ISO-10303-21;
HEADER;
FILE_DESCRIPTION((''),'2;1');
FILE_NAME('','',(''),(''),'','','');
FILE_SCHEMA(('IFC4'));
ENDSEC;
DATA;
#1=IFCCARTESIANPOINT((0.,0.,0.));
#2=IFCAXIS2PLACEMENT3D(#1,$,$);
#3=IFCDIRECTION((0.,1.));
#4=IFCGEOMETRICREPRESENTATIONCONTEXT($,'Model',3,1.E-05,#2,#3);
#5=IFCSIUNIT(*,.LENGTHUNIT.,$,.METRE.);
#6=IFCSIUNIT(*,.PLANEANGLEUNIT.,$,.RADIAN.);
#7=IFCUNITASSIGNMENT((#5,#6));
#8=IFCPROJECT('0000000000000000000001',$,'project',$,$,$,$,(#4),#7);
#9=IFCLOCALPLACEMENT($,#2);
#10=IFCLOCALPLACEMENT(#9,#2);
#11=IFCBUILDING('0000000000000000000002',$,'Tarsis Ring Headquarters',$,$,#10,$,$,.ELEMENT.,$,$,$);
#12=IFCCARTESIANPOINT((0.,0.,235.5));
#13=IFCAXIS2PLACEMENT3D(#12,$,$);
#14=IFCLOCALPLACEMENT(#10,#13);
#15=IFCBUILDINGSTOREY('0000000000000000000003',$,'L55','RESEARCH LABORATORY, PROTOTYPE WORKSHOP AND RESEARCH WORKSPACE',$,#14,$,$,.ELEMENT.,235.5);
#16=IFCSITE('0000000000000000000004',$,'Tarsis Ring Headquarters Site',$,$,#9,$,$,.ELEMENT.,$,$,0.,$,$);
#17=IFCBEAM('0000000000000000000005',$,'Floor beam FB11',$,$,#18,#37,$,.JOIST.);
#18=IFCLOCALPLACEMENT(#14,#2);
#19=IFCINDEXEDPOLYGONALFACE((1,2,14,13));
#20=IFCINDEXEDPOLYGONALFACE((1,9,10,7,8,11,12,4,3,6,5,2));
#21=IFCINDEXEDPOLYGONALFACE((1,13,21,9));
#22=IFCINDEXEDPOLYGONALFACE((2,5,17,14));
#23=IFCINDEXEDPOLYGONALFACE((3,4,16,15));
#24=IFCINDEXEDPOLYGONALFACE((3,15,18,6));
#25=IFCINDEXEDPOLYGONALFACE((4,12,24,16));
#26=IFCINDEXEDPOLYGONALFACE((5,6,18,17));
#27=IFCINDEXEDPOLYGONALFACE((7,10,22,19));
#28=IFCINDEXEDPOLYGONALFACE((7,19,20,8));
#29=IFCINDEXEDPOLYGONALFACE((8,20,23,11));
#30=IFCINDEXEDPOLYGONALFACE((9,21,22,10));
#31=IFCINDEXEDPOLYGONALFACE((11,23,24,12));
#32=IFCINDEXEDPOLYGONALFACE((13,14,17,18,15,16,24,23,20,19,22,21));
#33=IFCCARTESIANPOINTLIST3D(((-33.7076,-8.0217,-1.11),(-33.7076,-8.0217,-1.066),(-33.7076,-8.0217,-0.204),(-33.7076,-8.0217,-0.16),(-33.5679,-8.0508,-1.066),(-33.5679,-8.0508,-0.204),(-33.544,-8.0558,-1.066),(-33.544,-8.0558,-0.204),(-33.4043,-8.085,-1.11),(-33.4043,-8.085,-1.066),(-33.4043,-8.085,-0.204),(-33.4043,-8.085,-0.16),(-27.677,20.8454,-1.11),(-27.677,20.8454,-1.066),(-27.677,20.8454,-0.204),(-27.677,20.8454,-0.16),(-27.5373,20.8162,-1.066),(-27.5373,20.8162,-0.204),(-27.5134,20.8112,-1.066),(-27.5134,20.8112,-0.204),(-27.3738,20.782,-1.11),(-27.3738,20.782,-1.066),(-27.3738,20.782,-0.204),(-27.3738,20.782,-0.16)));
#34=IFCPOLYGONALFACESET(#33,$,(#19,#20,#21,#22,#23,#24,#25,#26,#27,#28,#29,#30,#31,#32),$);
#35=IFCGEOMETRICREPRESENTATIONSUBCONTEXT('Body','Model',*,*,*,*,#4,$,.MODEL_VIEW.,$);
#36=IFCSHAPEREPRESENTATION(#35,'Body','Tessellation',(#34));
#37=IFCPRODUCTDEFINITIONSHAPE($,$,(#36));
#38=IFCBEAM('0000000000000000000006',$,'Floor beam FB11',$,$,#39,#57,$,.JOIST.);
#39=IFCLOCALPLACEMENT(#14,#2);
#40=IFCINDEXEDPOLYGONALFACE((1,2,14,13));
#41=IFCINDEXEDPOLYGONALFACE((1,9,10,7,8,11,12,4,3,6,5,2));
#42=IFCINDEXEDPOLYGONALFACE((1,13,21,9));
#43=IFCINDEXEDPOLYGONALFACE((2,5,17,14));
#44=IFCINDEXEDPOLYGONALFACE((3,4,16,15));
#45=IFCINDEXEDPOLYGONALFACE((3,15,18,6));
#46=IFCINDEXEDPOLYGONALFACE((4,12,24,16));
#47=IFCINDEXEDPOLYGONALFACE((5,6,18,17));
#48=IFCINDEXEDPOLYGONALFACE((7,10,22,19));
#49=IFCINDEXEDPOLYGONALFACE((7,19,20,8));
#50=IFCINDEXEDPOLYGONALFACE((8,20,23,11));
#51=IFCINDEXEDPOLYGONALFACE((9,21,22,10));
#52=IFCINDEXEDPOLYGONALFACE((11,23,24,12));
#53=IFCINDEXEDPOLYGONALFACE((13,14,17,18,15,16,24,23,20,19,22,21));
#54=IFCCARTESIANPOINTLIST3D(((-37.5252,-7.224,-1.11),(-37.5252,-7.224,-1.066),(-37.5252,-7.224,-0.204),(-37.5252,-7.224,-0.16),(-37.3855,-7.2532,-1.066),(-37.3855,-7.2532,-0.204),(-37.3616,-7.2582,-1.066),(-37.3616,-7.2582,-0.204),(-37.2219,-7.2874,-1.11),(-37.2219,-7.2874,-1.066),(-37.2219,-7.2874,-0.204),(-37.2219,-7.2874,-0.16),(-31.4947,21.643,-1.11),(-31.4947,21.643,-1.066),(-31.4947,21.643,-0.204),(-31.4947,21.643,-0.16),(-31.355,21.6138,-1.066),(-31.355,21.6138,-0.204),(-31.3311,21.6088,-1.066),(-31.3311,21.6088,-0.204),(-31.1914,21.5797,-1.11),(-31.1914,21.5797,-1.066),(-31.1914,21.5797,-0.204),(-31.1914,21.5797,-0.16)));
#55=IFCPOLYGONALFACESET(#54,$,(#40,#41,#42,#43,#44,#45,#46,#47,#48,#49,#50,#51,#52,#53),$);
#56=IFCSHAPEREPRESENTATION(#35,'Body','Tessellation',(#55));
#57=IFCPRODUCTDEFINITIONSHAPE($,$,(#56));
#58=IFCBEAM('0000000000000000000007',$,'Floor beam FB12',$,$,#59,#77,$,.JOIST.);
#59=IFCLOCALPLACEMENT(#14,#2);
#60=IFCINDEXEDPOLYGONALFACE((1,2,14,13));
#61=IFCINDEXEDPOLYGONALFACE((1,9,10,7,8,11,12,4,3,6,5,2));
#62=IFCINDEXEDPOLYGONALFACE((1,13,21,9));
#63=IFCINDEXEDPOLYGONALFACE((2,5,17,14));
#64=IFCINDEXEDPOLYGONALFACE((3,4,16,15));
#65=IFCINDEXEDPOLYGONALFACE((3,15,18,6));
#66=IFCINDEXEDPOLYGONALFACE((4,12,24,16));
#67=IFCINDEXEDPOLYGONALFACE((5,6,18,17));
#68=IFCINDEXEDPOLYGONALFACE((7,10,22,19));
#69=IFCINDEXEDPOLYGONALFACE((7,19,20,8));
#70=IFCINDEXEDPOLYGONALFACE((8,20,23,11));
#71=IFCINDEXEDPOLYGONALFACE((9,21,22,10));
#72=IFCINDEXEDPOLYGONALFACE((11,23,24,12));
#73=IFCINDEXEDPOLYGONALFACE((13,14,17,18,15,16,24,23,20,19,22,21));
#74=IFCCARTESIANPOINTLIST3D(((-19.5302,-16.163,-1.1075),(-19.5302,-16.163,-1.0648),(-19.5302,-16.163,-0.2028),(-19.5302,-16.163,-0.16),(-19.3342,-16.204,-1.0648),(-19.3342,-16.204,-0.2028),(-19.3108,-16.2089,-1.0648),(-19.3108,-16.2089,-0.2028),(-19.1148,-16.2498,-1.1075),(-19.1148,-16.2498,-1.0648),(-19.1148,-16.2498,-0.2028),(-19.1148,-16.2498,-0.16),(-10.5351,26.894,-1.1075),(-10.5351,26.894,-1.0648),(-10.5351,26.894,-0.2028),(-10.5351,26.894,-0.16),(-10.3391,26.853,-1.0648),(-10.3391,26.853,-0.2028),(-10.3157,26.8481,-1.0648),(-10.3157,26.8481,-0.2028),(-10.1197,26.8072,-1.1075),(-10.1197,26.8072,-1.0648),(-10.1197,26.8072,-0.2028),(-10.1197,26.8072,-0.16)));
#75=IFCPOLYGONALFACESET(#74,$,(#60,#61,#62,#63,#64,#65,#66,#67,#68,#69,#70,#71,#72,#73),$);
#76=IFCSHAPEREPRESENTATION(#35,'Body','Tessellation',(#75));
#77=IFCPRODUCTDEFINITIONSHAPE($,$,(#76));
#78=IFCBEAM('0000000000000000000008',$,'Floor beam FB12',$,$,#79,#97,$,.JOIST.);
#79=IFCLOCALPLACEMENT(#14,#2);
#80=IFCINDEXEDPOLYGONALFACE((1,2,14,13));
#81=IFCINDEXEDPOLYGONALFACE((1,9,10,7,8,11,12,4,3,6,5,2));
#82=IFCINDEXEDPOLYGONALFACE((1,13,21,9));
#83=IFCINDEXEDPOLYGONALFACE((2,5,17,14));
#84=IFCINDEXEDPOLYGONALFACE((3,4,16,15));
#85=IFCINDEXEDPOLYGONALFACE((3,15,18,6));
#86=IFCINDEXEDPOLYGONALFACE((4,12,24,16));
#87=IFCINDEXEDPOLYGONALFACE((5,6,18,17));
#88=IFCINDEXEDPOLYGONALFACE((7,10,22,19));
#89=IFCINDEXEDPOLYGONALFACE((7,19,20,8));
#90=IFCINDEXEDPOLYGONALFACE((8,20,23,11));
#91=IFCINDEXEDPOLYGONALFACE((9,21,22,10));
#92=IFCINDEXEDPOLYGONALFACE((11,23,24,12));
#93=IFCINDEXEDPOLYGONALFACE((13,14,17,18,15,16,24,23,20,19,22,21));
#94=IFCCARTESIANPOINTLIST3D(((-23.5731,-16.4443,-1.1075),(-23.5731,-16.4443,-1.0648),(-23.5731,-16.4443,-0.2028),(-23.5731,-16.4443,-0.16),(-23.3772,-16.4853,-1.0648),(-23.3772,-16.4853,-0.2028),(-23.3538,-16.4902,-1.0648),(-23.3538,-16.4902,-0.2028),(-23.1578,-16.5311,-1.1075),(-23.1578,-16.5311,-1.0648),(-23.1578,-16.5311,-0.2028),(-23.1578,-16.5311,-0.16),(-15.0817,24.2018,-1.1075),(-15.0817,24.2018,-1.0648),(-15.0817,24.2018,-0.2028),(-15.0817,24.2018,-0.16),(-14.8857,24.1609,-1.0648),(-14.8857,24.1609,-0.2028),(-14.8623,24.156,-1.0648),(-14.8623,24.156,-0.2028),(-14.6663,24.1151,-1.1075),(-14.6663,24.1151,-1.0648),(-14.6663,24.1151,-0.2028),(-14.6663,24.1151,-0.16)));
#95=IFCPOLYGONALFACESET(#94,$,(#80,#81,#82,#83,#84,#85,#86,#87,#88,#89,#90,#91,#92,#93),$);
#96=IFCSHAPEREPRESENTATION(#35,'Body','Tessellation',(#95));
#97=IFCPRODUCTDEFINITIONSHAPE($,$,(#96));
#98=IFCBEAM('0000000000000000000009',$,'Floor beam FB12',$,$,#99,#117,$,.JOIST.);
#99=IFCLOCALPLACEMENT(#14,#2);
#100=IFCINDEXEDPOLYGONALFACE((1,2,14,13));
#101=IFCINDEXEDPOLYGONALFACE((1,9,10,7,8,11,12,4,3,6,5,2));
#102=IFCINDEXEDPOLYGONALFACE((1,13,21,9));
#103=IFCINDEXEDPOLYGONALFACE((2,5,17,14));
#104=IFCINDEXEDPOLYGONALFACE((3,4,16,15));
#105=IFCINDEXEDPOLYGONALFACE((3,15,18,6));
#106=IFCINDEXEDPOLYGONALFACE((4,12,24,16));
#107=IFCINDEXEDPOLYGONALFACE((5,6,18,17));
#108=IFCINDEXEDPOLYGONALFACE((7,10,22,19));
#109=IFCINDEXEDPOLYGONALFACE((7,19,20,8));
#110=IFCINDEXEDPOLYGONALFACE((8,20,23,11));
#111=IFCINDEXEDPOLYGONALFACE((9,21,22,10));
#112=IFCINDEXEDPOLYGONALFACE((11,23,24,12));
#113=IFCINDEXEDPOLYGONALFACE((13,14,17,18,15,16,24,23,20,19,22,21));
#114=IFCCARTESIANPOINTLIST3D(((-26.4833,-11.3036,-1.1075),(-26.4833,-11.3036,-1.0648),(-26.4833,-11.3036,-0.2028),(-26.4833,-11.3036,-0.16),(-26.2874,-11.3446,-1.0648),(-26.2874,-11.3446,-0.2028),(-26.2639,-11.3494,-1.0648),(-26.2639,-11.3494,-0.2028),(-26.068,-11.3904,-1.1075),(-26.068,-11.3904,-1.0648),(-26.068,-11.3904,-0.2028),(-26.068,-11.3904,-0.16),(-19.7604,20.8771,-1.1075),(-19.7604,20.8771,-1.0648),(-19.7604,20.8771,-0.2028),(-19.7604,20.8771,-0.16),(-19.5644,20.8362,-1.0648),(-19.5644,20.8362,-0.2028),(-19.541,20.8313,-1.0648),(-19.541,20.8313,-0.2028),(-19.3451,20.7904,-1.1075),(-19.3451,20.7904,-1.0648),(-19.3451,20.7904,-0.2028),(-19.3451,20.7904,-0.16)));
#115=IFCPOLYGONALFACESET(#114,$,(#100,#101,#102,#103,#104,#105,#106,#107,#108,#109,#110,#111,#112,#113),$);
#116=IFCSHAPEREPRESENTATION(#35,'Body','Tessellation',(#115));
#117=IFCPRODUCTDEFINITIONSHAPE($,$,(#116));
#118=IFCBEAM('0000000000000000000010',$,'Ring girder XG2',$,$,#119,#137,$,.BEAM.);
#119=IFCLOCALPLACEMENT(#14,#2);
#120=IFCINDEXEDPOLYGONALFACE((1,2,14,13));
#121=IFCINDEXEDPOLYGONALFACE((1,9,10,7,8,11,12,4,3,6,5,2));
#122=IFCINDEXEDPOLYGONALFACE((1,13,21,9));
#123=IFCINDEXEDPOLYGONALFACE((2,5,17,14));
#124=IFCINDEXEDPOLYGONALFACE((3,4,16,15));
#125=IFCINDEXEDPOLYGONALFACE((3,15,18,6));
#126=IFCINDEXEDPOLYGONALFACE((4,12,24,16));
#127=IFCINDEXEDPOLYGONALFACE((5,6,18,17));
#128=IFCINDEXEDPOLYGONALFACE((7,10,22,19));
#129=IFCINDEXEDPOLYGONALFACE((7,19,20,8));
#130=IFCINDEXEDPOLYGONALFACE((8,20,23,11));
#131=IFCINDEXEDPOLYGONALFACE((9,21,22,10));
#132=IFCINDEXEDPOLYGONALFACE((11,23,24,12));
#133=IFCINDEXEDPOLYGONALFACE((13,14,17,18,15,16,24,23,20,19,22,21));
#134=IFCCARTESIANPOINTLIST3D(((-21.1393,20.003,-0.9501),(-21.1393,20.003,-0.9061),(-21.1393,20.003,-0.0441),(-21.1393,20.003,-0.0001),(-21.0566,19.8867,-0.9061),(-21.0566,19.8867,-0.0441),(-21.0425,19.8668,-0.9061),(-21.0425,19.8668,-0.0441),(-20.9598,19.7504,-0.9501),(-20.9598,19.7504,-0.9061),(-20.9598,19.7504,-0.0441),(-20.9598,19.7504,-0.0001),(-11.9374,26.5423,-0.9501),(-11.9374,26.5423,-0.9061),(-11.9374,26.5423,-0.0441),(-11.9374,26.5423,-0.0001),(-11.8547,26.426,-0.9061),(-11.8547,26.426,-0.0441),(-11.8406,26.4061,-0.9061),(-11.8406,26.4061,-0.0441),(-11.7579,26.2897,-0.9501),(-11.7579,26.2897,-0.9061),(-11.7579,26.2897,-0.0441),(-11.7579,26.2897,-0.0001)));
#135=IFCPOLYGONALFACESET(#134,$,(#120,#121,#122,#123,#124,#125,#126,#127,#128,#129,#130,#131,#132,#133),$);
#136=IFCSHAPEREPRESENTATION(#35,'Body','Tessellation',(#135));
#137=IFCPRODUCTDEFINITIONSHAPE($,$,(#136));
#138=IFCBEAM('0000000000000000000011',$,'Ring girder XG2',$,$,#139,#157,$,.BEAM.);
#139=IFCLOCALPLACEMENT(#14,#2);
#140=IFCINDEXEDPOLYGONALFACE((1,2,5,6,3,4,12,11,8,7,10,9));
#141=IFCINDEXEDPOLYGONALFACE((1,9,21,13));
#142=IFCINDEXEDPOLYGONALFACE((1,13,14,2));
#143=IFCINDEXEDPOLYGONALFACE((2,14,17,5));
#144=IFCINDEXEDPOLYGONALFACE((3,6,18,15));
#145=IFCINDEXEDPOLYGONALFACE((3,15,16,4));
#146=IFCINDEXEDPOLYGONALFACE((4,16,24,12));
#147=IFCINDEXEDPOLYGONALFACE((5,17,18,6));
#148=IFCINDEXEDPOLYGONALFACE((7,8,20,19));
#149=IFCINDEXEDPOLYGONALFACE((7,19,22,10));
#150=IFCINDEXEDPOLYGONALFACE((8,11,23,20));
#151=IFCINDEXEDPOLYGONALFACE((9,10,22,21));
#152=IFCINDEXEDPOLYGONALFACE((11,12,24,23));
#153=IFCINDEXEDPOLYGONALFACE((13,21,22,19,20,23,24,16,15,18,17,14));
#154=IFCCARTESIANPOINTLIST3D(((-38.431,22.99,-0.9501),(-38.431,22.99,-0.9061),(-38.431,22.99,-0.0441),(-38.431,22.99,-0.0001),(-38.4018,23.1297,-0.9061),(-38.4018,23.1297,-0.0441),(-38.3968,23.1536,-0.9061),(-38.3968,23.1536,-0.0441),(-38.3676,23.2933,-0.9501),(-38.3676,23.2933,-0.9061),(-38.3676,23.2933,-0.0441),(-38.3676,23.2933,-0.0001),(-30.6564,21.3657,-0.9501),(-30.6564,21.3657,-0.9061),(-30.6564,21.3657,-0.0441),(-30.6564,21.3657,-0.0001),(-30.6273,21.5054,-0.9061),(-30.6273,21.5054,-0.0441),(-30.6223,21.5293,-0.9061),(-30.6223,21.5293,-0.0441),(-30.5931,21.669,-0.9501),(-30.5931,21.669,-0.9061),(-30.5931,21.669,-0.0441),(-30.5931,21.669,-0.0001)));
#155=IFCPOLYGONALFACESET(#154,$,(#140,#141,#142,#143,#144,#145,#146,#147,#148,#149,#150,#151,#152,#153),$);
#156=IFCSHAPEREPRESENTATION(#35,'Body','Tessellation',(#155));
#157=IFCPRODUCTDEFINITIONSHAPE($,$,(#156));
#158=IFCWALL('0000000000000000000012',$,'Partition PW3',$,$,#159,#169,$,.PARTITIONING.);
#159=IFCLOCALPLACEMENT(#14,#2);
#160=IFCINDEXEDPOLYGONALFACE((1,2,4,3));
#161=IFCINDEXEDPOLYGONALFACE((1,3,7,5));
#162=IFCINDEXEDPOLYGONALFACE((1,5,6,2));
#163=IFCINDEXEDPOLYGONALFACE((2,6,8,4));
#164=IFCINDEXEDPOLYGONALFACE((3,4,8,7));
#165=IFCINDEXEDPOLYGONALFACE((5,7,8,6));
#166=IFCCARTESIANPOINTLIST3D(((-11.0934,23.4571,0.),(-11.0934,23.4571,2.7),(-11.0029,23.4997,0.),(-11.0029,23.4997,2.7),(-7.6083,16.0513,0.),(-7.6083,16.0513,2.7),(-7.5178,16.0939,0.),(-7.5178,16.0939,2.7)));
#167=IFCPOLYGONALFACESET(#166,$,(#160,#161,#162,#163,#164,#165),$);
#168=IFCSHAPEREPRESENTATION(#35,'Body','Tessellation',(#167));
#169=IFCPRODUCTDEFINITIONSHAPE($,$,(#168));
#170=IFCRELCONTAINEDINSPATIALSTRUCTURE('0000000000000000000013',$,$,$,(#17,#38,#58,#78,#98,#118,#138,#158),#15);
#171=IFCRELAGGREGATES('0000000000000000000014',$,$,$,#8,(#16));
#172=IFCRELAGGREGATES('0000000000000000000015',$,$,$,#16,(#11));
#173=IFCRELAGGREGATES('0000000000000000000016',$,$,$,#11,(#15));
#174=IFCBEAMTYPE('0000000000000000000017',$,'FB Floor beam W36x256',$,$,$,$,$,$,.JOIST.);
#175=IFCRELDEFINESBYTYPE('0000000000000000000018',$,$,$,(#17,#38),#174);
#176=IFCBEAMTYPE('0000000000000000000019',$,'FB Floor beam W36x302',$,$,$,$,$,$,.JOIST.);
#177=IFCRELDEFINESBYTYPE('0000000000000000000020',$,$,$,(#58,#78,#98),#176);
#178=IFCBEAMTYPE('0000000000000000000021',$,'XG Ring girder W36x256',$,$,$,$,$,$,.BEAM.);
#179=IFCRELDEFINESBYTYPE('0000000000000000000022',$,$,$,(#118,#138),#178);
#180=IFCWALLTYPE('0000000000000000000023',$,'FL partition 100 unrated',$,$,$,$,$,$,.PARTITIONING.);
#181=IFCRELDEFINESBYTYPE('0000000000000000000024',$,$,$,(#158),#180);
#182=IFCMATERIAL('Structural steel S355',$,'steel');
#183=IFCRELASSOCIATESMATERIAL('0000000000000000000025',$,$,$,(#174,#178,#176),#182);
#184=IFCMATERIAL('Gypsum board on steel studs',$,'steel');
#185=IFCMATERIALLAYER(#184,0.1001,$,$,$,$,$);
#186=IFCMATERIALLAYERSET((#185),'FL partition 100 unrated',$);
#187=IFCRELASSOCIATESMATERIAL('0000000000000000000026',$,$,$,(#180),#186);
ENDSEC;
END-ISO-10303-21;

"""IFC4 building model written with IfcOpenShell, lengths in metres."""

from ifc_helpers import new_model, si_unit, direction, frame, frame_2d, origin, origin_2d, place, context, subcontext, project, spatial, rectangle, i_section, extrude, material, layer, layer_set, material_profile, profile_set, type_object, element, save


model = new_model("IFC4")

# Units and contexts
model_context = context("Model", 3, precision=1e-05, world=origin(), true_north=direction((0.0, 1.0)))
body_context = subcontext(model_context, "Body", "Model", "MODEL_VIEW")
ifc_project = project(units=[si_unit("LENGTHUNIT", "METRE"), si_unit("PLANEANGLEUNIT", "RADIAN")], contexts=[model_context])

# Site, building, storey
site_placement = place(None, origin())
site = spatial("IfcSite", under=ifc_project, at=site_placement, Name="Tarsis Ring Headquarters Site", CompositionType="ELEMENT", RefElevation=0.0)
building_placement = place(site_placement, origin())
building = spatial("IfcBuilding", under=site, at=building_placement, Name="Tarsis Ring Headquarters", CompositionType="ELEMENT")
storey_placement = place(building_placement, frame((0.0, 0.0, 235.5)))
storey = spatial("IfcBuildingStorey", under=building, at=storey_placement, Name="L55", Description="RESEARCH LABORATORY, PROTOTYPE WORKSHOP AND RESEARCH WORKSPACE", CompositionType="ELEMENT", Elevation=235.5)

# Shared definitions
ifc_material_1 = material(Name="Structural steel S355", Category="steel")

# Beams
ifc_material_profile_1 = material_profile(ifc_material_1, i_section(OverallWidth=0.3098, OverallDepth=0.95, WebThickness=0.0244, FlangeThickness=0.0439, at=origin_2d()), Name="W36x256")
ifc_profile_set_1 = profile_set([ifc_material_profile_1], Name="Structural steel S355")
beam_type_1 = type_object("IfcBeamType", Name="FB Floor beam W36x256", PredefinedType="JOIST", material=ifc_profile_set_1)
for number, where, z_axis, x_axis, name in (
    (1, (-27.5254, 20.8137, -0.635), (-0.204493, -0.978868, 0.0), (0.978868, -0.204493, 0.0), "Floor beam FB11"),
    (2, (-31.343, 21.6113, -0.635), (-0.204493, -0.978868, 0.0), (0.978868, -0.204493, 0.0), "Floor beam FB11"),
):
    element("IfcBeam", number, at=place(storey_placement, frame(where, z_axis=z_axis, x_axis=x_axis)), inside=storey, type_object=beam_type_1, Name=name, PredefinedType="JOIST", context=body_context, shape_type="SweptSolid", body=[
        extrude(i_section(OverallWidth=0.3098, OverallDepth=0.95, WebThickness=0.0244, FlangeThickness=0.0439, at=origin_2d()), origin(), (0.0, 0.0, 1.0), 29.4902),
    ])
ifc_material_profile_2 = material_profile(ifc_material_1, i_section(OverallWidth=0.4243, OverallDepth=0.9475, WebThickness=0.0239, FlangeThickness=0.0427, at=origin_2d()), Name="W36x302")
ifc_profile_set_2 = profile_set([ifc_material_profile_2], Name="Structural steel S355")
beam_type_2 = type_object("IfcBeamType", Name="FB Floor beam W36x302", PredefinedType="JOIST", material=ifc_profile_set_2)
beam_1_placement = place(storey_placement, frame((-10.3274, 26.8506, -0.6338), z_axis=(-0.204496, -0.978867, 0.0), x_axis=(0.978867, -0.204496, 0.0)))
element("IfcBeam", 3, at=beam_1_placement, inside=storey, type_object=beam_type_2, Name="Floor beam FB12", PredefinedType="JOIST", context=body_context, shape_type="SweptSolid", body=[
    extrude(i_section(OverallWidth=0.4243, OverallDepth=0.9475, WebThickness=0.0239, FlangeThickness=0.0427, at=origin_2d()), origin(), (0.0, 0.0, 1.0), 43.9866),
])
beam_2_placement = place(storey_placement, frame((-14.874, 24.1584, -0.6338), z_axis=(-0.204496, -0.978867, 0.0), x_axis=(0.978867, -0.204496, 0.0)))
element("IfcBeam", 4, at=beam_2_placement, inside=storey, type_object=beam_type_2, Name="Floor beam FB12", PredefinedType="JOIST", context=body_context, shape_type="SweptSolid", body=[
    extrude(i_section(OverallWidth=0.4243, OverallDepth=0.9475, WebThickness=0.0239, FlangeThickness=0.0427, at=origin_2d()), origin(), (0.0, 0.0, 1.0), 41.5237),
])
beam_3_placement = place(storey_placement, frame((-19.5527, 20.8337, -0.6338), z_axis=(-0.204496, -0.978867, 0.0), x_axis=(0.978867, -0.204496, 0.0)))
element("IfcBeam", 5, at=beam_3_placement, inside=storey, type_object=beam_type_2, Name="Floor beam FB12", PredefinedType="JOIST", context=body_context, shape_type="SweptSolid", body=[
    extrude(i_section(OverallWidth=0.4243, OverallDepth=0.9475, WebThickness=0.0239, FlangeThickness=0.0427, at=origin_2d()), origin(), (0.0, 0.0, 1.0), 32.8755),
])
beam_type_3 = type_object("IfcBeamType", Name="XG Ring girder W36x256", PredefinedType="BEAM", material=ifc_profile_set_1)
beam_4_placement = place(storey_placement, frame((-11.8477, 26.416, -0.4751), z_axis=(-0.815134, -0.579273, 0.0), x_axis=(0.579273, -0.815134, 0.0)))
element("IfcBeam", 6, at=beam_4_placement, inside=storey, type_object=beam_type_3, Name="Ring girder XG2", PredefinedType="BEAM", context=body_context, shape_type="SweptSolid", body=[
    extrude(i_section(OverallWidth=0.3098, OverallDepth=0.95, WebThickness=0.0244, FlangeThickness=0.0439, at=origin_2d()), origin(), (0.0, 0.0, 1.0), 11.2888),
])
beam_5_placement = place(storey_placement, frame((-30.6248, 21.5173, -0.4751), z_axis=(-0.978865, 0.204509, 0.0), x_axis=(-0.204509, -0.978865, 0.0)))
element("IfcBeam", 7, at=beam_5_placement, inside=storey, type_object=beam_type_3, Name="Ring girder XG2", PredefinedType="BEAM", context=body_context, shape_type="SweptSolid", body=[
    extrude(i_section(OverallWidth=0.3098, OverallDepth=0.95, WebThickness=0.0244, FlangeThickness=0.0439, at=origin_2d()), origin(), (0.0, 0.0, 1.0), 7.9424),
])

# Wall
ifc_material_2 = material(Name="Gypsum board on steel studs", Category="steel")
ifc_layer_1 = layer(ifc_material_2, 0.1001)
ifc_layer_set_1 = layer_set([ifc_layer_1], Name="FL partition 100 unrated")
wall_type_1 = type_object("IfcWallType", Name="FL partition 100 unrated", PredefinedType="PARTITIONING", material=ifc_layer_set_1)
wall_1_placement = place(storey_placement, frame((-11.0481, 23.4783, 0.0), z_axis=(0.0, 0.0, 1.0), x_axis=(0.425801, -0.904817, 0.0)))
element("IfcWall", 8, at=wall_1_placement, inside=storey, type_object=wall_type_1, Name="Partition PW3", PredefinedType="PARTITIONING", context=body_context, shape_type="SweptSolid", body=[
    extrude(rectangle(XDim=8.1848, YDim=0.1001, at=frame_2d((4.0923, 0.0))), origin(), (0.0, 0.0, 1.0), 2.7),
])

save(model, "model.ifc")
